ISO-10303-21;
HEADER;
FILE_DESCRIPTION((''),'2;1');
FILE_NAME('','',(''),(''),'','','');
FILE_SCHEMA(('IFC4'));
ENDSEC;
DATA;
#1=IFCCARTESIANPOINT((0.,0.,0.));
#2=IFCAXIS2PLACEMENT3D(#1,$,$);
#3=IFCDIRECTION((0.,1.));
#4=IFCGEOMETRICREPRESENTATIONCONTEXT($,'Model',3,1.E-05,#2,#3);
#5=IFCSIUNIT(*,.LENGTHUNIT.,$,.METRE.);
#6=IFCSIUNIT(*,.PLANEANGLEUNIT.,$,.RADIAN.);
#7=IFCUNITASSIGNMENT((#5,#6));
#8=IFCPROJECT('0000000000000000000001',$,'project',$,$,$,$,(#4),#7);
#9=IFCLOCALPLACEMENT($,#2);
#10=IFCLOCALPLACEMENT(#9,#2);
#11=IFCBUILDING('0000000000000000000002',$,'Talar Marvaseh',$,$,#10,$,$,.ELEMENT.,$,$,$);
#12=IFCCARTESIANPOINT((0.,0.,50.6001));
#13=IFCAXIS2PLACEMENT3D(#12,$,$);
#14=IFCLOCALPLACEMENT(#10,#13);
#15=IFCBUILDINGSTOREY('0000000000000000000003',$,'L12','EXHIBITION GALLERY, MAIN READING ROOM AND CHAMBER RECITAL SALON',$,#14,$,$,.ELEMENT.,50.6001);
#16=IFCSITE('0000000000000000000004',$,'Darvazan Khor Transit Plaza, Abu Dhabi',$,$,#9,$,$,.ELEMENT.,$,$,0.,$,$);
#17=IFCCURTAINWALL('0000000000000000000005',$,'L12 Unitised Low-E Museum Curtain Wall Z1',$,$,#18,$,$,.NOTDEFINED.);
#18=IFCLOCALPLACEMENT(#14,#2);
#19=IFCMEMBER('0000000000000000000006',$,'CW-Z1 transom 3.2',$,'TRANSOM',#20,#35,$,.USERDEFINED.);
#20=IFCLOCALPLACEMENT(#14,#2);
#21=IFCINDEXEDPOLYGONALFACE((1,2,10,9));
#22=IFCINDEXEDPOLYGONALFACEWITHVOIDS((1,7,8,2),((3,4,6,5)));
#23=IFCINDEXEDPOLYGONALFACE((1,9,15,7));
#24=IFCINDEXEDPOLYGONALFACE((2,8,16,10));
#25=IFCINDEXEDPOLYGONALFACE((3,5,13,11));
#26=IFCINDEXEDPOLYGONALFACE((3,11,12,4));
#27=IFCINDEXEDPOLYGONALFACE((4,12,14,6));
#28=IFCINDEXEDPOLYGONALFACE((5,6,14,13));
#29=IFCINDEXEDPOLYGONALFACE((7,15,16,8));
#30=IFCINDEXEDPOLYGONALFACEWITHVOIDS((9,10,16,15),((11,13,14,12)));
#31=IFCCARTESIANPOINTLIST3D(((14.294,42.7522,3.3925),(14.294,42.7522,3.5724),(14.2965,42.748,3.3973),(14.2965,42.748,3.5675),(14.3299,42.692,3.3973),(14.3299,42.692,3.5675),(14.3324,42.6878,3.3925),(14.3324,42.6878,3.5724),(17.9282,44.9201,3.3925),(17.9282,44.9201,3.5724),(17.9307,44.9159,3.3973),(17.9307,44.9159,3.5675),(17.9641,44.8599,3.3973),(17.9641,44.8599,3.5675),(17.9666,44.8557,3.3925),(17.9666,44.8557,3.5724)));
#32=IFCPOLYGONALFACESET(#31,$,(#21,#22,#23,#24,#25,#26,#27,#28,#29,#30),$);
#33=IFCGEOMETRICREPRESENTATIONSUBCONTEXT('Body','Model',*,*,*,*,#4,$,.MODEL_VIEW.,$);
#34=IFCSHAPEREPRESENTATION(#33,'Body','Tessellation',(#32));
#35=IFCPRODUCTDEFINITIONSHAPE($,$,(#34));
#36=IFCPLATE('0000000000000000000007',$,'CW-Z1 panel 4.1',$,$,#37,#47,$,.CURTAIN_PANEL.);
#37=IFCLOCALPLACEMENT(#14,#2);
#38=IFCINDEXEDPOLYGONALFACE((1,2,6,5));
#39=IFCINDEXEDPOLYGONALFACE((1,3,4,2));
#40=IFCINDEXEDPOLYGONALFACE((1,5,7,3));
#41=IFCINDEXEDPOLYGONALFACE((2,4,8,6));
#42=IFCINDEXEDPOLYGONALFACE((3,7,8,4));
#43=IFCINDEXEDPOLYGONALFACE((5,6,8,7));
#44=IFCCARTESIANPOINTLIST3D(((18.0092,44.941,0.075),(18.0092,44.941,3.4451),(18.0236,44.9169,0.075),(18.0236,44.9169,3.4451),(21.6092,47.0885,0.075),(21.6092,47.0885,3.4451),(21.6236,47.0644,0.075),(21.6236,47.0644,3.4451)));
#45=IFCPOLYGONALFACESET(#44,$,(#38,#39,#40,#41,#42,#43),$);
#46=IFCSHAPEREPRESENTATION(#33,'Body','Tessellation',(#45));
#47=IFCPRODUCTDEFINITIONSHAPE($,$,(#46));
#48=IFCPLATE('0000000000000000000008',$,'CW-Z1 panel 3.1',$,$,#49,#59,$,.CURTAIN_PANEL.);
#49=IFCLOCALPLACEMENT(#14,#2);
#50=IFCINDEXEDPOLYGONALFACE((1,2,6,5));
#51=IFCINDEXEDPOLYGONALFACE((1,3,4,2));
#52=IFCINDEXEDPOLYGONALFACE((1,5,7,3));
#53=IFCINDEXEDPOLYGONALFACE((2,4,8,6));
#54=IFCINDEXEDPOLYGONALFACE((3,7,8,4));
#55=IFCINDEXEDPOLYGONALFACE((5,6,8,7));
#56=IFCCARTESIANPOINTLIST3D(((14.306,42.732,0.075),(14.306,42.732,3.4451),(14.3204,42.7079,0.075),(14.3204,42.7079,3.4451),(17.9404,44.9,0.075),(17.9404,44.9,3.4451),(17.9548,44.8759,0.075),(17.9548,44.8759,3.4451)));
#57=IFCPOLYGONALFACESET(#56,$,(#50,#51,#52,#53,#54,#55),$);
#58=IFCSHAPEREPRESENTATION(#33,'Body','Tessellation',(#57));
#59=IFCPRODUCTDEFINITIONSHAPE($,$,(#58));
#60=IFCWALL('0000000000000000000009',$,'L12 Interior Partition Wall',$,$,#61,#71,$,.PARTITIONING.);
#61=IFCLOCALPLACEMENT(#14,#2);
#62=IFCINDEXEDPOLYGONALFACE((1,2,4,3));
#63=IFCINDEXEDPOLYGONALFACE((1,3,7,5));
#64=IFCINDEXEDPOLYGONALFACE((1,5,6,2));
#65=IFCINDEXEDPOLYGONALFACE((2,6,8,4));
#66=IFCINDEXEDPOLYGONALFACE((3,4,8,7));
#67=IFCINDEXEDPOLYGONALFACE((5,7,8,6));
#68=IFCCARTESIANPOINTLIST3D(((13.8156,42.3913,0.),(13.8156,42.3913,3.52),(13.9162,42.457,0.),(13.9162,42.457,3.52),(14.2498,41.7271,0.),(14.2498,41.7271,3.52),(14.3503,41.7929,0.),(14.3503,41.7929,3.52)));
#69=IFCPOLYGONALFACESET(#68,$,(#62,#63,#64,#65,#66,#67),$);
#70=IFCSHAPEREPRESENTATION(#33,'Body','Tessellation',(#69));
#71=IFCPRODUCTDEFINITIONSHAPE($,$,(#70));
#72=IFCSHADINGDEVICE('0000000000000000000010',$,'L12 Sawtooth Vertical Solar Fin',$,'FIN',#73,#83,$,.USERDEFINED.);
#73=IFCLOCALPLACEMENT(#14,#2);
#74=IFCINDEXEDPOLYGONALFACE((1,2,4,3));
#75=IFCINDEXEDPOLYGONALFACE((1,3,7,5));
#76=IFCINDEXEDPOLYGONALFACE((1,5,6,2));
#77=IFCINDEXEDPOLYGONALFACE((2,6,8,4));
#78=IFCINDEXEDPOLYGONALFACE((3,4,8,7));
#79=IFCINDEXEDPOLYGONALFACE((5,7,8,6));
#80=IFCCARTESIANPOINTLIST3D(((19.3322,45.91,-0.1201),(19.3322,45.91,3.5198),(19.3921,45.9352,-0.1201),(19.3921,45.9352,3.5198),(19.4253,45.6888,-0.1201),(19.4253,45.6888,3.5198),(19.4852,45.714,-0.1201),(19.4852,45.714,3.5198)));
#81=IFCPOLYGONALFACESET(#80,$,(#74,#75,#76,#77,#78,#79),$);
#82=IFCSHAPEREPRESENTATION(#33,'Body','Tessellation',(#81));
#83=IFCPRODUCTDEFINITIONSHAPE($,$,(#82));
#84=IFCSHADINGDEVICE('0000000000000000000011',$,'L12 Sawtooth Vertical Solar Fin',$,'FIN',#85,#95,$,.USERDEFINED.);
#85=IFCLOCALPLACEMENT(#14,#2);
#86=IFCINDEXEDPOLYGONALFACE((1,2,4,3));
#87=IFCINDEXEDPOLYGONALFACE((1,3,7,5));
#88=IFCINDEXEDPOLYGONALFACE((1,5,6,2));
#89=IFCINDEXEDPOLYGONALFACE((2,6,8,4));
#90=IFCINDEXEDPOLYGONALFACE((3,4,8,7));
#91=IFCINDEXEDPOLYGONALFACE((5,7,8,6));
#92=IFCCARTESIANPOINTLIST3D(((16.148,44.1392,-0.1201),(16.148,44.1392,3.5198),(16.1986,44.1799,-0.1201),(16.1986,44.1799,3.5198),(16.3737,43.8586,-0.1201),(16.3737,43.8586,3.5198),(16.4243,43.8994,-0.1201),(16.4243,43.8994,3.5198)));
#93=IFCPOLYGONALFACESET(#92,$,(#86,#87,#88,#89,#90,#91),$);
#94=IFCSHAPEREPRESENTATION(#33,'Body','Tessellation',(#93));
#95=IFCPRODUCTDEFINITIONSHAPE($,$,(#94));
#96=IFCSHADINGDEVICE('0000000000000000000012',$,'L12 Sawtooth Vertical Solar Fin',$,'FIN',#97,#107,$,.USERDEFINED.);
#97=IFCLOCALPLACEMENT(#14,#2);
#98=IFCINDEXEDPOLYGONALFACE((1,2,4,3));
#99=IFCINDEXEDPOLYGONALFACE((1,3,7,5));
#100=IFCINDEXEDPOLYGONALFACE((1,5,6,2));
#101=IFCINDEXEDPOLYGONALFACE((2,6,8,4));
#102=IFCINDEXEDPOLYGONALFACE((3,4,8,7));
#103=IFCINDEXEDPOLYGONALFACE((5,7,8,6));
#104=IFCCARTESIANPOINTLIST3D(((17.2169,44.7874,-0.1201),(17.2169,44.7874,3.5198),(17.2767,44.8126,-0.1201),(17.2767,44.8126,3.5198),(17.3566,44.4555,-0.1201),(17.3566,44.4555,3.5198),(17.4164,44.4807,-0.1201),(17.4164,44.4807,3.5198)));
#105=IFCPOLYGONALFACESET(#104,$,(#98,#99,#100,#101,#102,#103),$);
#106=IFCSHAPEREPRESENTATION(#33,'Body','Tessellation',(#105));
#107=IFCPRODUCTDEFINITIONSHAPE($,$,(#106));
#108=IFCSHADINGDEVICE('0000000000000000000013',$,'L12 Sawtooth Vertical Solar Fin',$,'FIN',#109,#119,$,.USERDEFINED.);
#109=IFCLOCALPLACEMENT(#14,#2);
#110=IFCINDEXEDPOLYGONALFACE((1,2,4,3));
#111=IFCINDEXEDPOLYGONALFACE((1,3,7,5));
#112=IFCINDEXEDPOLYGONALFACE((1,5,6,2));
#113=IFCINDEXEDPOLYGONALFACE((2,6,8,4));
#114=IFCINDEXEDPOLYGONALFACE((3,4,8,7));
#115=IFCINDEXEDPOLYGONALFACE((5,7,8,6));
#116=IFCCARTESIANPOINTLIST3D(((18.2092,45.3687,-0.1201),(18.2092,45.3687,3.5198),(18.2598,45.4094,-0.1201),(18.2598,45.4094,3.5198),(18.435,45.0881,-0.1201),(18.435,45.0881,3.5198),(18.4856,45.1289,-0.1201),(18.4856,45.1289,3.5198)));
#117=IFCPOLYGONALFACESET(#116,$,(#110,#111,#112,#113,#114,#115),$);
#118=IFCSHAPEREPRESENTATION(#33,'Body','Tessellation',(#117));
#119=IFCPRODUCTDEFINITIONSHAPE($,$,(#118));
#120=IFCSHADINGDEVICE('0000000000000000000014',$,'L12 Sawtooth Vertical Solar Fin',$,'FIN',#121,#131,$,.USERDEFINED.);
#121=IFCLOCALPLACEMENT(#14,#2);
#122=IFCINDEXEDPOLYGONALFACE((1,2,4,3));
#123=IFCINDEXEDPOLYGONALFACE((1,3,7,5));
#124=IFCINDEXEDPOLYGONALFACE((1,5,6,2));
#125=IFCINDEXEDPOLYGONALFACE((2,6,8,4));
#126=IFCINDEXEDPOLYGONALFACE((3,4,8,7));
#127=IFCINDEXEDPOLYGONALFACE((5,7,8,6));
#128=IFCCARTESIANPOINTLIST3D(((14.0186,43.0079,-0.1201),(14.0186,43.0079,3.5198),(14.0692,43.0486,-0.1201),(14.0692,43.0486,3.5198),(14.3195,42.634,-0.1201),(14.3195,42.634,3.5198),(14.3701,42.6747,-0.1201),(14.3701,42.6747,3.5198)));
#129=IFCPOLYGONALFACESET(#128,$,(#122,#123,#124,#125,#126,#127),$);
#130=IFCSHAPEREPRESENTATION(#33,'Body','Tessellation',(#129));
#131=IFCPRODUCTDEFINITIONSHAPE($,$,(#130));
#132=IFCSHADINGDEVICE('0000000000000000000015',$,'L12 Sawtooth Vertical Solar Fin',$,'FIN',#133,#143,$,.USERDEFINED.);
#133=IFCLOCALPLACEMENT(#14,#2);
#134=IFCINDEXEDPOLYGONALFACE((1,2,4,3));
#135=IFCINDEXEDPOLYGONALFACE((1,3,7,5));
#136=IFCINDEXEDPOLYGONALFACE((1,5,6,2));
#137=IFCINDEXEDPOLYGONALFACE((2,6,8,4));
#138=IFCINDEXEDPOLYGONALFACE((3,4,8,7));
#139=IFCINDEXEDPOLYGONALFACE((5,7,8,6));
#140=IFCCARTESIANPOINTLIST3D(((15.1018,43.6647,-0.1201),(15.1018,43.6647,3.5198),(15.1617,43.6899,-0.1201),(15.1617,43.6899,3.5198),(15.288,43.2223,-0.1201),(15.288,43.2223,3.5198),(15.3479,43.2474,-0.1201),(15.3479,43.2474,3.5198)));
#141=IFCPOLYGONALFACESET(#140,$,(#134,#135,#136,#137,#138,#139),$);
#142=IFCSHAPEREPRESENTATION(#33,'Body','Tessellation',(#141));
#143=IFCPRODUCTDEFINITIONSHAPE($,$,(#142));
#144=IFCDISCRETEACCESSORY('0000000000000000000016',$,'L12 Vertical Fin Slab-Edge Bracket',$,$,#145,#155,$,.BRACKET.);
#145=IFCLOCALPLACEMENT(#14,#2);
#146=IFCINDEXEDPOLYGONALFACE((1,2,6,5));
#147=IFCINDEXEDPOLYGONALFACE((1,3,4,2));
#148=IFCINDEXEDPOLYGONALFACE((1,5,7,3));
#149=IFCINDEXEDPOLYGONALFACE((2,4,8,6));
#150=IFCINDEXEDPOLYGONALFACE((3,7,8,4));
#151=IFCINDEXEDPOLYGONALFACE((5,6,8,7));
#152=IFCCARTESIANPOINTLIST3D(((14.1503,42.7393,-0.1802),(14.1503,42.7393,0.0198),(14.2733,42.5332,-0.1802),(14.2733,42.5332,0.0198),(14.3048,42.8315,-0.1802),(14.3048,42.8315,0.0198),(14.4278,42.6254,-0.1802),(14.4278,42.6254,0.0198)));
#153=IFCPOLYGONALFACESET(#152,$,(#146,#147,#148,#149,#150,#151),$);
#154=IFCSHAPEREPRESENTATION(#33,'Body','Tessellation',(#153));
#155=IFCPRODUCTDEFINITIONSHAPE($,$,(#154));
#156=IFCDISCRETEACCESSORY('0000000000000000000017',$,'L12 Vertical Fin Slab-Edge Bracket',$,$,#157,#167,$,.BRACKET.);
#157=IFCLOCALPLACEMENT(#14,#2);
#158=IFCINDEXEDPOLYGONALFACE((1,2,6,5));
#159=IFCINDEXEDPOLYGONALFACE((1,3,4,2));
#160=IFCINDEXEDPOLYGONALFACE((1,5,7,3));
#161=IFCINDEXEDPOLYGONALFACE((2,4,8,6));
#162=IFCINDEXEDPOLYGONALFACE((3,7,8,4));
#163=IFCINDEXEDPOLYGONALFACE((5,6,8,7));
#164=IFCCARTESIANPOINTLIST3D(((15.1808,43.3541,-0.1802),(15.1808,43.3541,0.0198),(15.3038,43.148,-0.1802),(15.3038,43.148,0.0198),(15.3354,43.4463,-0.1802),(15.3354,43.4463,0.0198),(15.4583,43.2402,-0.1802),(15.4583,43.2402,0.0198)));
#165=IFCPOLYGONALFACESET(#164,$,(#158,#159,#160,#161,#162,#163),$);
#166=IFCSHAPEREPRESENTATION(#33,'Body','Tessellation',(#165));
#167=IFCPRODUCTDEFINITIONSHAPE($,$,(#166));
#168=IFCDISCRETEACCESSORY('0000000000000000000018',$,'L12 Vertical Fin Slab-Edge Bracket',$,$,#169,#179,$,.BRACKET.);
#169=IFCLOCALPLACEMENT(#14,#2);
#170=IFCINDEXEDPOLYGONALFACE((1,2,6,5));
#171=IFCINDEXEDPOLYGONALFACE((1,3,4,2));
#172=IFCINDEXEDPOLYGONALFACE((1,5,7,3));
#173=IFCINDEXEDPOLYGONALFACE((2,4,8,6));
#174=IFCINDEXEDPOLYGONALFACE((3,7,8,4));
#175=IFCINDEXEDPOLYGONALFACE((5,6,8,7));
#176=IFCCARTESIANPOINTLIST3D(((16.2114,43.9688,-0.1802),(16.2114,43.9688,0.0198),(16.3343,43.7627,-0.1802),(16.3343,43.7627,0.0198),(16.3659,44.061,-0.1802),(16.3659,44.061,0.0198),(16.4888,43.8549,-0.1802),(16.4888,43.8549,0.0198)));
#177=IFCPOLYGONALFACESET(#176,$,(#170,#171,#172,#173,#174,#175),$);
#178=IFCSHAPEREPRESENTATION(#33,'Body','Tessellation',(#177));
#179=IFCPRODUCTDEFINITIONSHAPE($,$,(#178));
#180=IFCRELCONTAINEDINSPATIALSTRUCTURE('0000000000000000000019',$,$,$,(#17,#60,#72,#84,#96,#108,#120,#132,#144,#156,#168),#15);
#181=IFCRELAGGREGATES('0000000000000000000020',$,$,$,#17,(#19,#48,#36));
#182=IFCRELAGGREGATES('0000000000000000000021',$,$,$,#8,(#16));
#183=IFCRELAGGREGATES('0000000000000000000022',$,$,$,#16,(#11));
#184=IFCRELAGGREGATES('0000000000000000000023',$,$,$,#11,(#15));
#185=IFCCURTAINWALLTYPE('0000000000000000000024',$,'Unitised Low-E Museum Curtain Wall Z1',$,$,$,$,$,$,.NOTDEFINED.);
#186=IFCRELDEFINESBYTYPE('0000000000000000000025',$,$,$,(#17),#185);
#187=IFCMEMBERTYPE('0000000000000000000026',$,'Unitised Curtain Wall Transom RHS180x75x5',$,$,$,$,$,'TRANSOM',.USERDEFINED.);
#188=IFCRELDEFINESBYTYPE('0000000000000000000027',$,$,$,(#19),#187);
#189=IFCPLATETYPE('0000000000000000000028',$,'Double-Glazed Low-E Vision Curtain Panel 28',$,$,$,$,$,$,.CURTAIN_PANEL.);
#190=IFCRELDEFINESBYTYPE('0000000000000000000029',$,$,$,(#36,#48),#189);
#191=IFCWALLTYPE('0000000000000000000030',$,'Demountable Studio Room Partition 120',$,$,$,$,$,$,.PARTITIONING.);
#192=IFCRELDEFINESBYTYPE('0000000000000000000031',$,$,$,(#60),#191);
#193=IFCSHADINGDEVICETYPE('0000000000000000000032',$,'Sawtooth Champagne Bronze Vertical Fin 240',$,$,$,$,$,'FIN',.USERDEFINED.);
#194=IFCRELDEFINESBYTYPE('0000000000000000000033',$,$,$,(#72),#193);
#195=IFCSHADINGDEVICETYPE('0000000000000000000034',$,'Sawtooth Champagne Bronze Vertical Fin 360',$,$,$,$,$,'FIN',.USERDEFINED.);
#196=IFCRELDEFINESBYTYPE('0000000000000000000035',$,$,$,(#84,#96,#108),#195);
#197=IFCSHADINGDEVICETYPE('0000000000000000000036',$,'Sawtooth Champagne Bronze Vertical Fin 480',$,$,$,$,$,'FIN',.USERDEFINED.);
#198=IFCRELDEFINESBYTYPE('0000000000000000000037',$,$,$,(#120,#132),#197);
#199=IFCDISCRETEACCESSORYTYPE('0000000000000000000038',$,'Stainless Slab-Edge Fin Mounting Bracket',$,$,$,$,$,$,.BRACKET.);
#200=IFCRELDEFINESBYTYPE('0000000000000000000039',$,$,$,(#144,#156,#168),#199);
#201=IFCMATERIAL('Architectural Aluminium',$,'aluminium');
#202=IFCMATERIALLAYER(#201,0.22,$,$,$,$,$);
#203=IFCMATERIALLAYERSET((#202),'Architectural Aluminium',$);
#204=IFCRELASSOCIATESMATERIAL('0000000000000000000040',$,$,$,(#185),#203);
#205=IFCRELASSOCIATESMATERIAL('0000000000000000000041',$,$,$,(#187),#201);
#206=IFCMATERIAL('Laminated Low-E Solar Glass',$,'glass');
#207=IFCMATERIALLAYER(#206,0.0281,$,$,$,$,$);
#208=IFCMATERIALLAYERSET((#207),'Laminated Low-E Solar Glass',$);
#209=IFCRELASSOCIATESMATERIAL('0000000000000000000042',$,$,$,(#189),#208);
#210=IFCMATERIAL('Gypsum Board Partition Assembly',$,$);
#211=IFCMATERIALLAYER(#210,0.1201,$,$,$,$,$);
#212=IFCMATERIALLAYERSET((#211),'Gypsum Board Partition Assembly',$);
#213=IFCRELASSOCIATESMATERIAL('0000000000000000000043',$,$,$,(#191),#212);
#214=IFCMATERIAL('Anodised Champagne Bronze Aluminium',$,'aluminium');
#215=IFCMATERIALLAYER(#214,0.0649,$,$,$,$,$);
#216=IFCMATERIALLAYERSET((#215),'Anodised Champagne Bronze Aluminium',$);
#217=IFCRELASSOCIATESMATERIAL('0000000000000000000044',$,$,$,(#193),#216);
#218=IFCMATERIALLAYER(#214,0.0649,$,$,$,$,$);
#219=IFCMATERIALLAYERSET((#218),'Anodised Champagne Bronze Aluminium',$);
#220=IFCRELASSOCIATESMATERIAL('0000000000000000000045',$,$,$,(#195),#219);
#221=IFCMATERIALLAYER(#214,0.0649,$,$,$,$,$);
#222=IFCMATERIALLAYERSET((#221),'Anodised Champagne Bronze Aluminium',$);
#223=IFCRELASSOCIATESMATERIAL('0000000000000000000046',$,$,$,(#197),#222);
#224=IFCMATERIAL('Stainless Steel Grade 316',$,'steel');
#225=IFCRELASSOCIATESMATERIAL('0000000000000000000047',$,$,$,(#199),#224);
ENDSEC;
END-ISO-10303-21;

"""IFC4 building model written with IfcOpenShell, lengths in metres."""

from ifc_helpers import new_model, si_unit, direction, frame, frame_2d, origin, origin_2d, place, context, subcontext, project, spatial, rectangle, hollow_rectangle, extrude, source, transform, mapped, material, layer, layer_set, material_profile, profile_set, type_object, type_shapes, element, aggregate, save


model = new_model("IFC4")

# Units and contexts
model_context = context("Model", 3, precision=1e-05, world=origin(), true_north=direction((0.0, 1.0)))
body_context = subcontext(model_context, "Body", "Model", "MODEL_VIEW")
ifc_project = project(units=[si_unit("LENGTHUNIT", "METRE"), si_unit("PLANEANGLEUNIT", "RADIAN")], contexts=[model_context])

# Site, building, storey
site_placement = place(None, origin())
site = spatial("IfcSite", under=ifc_project, at=site_placement, Name="Darvazan Khor Transit Plaza, Abu Dhabi", CompositionType="ELEMENT", RefElevation=0.0)
building_placement = place(site_placement, origin())
building = spatial("IfcBuilding", under=site, at=building_placement, Name="Talar Marvaseh", CompositionType="ELEMENT")
storey_placement = place(building_placement, frame((0.0, 0.0, 50.6001)))
storey = spatial("IfcBuildingStorey", under=building, at=storey_placement, Name="L12", Description="EXHIBITION GALLERY, MAIN READING ROOM AND CHAMBER RECITAL SALON", CompositionType="ELEMENT", Elevation=50.6001)

# Curtain wall, member, plates
ifc_material_1 = material(Name="Architectural Aluminium", Category="aluminium")
ifc_layer_1 = layer(ifc_material_1, 0.22)
ifc_layer_set_1 = layer_set([ifc_layer_1], Name="Architectural Aluminium")
curtain_wall_type = type_object("IfcCurtainWallType", Name="Unitised Low-E Museum Curtain Wall Z1", PredefinedType="NOTDEFINED", material=ifc_layer_set_1)
curtain_wall_placement = place(storey_placement, origin())
curtain_wall = element("IfcCurtainWall", 1, at=curtain_wall_placement, inside=storey, type_object=curtain_wall_type, Name="L12 Unitised Low-E Museum Curtain Wall Z1", PredefinedType="NOTDEFINED")
ifc_material_profile_1 = material_profile(ifc_material_1, hollow_rectangle(XDim=0.075, YDim=0.1799, WallThickness=0.0049, at=origin_2d()), Name="RHS180x75x5")
ifc_profile_set_1 = profile_set([ifc_material_profile_1], Name="Architectural Aluminium")
member_type_1 = type_object("IfcMemberType", Name="Unitised Curtain Wall Transom RHS180x75x5", ElementType="TRANSOM", PredefinedType="USERDEFINED", material=ifc_profile_set_1)
shared_shape_1 = source(origin(), body_context, "Body", "SweptSolid", [
    extrude(hollow_rectangle(XDim=0.075, YDim=0.1799, WallThickness=0.0049, at=origin_2d()), origin(), (0.0, 0.0, 1.0), 4.2317),
])
member_1_placement = place(storey_placement, frame((14.3132, 42.72, 3.4824), z_axis=(0.858803, 0.512305, 0.0), x_axis=(-0.512305, 0.858803, 0.0)))
member_1 = element("IfcMember", 2, at=member_1_placement, type_object=member_type_1, Name="CW-Z1 transom 3.2", ObjectType="TRANSOM", PredefinedType="USERDEFINED", context=body_context, shape_type="MappedRepresentation", body=[
    mapped(shared_shape_1, transform((0.0, 0.0, 0.0), x_axis=(1.0, 0.0, 0.0), y_axis=(0.0, 1.0, 0.0), z_axis=(0.0, 0.0, 1.0), scale=1.0)),
])
ifc_material_2 = material(Name="Laminated Low-E Solar Glass", Category="glass")
ifc_layer_2 = layer(ifc_material_2, 0.0281)
ifc_layer_set_2 = layer_set([ifc_layer_2], Name="Laminated Low-E Solar Glass")
plate_type = type_object("IfcPlateType", Name="Double-Glazed Low-E Vision Curtain Panel 28", PredefinedType="CURTAIN_PANEL", material=ifc_layer_set_2)
shared_shape_2 = source(origin(), body_context, "Body", "SweptSolid", [
    extrude(rectangle(XDim=4.1919, YDim=0.0281, at=origin_2d()), origin(), (0.0, 0.0, 1.0), 3.3701),
])
plate_1_placement = place(storey_placement, frame((19.8164, 46.0027, 0.075), z_axis=(0.0, 0.0, 1.0), x_axis=(0.8588, 0.51231, 0.0)))
plate_1 = element("IfcPlate", 3, at=plate_1_placement, type_object=plate_type, Name="CW-Z1 panel 4.1", PredefinedType="CURTAIN_PANEL", context=body_context, shape_type="MappedRepresentation", body=[
    mapped(shared_shape_2, transform((0.0, 0.0, 0.0), x_axis=(1.0, 0.0, 0.0), y_axis=(0.0, 1.0, 0.0), z_axis=(0.0, 0.0, 1.0), scale=1.0)),
])
shared_shape_3 = source(origin(), body_context, "Body", "SweptSolid", [
    extrude(rectangle(XDim=4.2319, YDim=0.0281, at=origin_2d()), origin(), (0.0, 0.0, 1.0), 3.3701),
])
type_shapes(plate_type, [shared_shape_2, shared_shape_3])
plate_2_placement = place(storey_placement, frame((16.1304, 43.804, 0.075), z_axis=(0.0, 0.0, 1.0), x_axis=(0.8588, 0.51231, 0.0)))
plate_2 = element("IfcPlate", 4, at=plate_2_placement, type_object=plate_type, Name="CW-Z1 panel 3.1", PredefinedType="CURTAIN_PANEL", context=body_context, shape_type="MappedRepresentation", body=[
    mapped(shared_shape_3, transform((0.0, 0.0, 0.0), x_axis=(1.0, 0.0, 0.0), y_axis=(0.0, 1.0, 0.0), z_axis=(0.0, 0.0, 1.0), scale=1.0)),
])
aggregate(curtain_wall, [member_1, plate_2, plate_1])

# Wall
ifc_material_3 = material(Name="Gypsum Board Partition Assembly")
ifc_layer_3 = layer(ifc_material_3, 0.1201)
ifc_layer_set_3 = layer_set([ifc_layer_3], Name="Gypsum Board Partition Assembly")
wall_type = type_object("IfcWallType", Name="Demountable Studio Room Partition 120", PredefinedType="PARTITIONING", material=ifc_layer_set_3)
wall_placement = place(storey_placement, frame((14.3, 41.76, 0.0), z_axis=(0.0, 0.0, 1.0), x_axis=(-0.54715, 0.837035, 0.0)))
element("IfcWall", 5, at=wall_placement, inside=storey, type_object=wall_type, Name="L12 Interior Partition Wall", PredefinedType="PARTITIONING", context=body_context, shape_type="SweptSolid", body=[
    extrude(rectangle(XDim=0.7935, YDim=0.1201, at=frame_2d((0.3967, 0.0))), origin(), (0.0, 0.0, 1.0), 3.52),
])

# Shading devices
ifc_material_4 = material(Name="Anodised Champagne Bronze Aluminium", Category="aluminium")
ifc_layer_4 = layer(ifc_material_4, 0.0649)
ifc_layer_set_4 = layer_set([ifc_layer_4], Name="Anodised Champagne Bronze Aluminium")
shading_device_type_1 = type_object("IfcShadingDeviceType", Name="Sawtooth Champagne Bronze Vertical Fin 240", ElementType="FIN", PredefinedType="USERDEFINED", material=ifc_layer_set_4)
shared_shape_4 = source(origin(), body_context, "Body", "SweptSolid", [
    extrude(rectangle(XDim=0.24, YDim=0.0649, at=origin_2d()), origin(), (0.0, 0.0, 1.0), 3.6399),
])
type_shapes(shading_device_type_1, [shared_shape_4])
shading_device_placement = place(storey_placement, frame((19.4087, 45.812, -0.1201), z_axis=(0.0, 0.0, 1.0), x_axis=(-0.387837, 0.921728, 0.0)))
element("IfcShadingDevice", 6, at=shading_device_placement, inside=storey, type_object=shading_device_type_1, Name="L12 Sawtooth Vertical Solar Fin", ObjectType="FIN", PredefinedType="USERDEFINED", context=body_context, shape_type="MappedRepresentation", body=[
    mapped(shared_shape_4, transform((0.0, 0.0, 0.0), x_axis=(1.0, 0.0, 0.0), y_axis=(0.0, 1.0, 0.0), z_axis=(0.0, 0.0, 1.0), scale=1.0)),
])
ifc_layer_5 = layer(ifc_material_4, 0.0649)
ifc_layer_set_5 = layer_set([ifc_layer_5], Name="Anodised Champagne Bronze Aluminium")
shading_device_type_2 = type_object("IfcShadingDeviceType", Name="Sawtooth Champagne Bronze Vertical Fin 360", ElementType="FIN", PredefinedType="USERDEFINED", material=ifc_layer_set_5)
shared_shape_5 = source(origin(), body_context, "Body", "SweptSolid", [
    extrude(rectangle(XDim=0.3601, YDim=0.0649, at=origin_2d()), origin(), (0.0, 0.0, 1.0), 3.6399),
])
type_shapes(shading_device_type_2, [shared_shape_5])
for number, where, z_axis, x_axis, name in (
    (7, (16.2861, 44.0193, -0.1201), (0.0, 0.0, 1.0), (-0.626876, 0.779119, 0.0), "L12 Sawtooth Vertical Solar Fin"),
    (8, (17.3167, 44.634, -0.1201), (0.0, 0.0, 1.0), (-0.387837, 0.921728, 0.0), "L12 Sawtooth Vertical Solar Fin"),
    (9, (18.3474, 45.2488, -0.1201), (0.0, 0.0, 1.0), (-0.626876, 0.779119, 0.0), "L12 Sawtooth Vertical Solar Fin"),
):
    element("IfcShadingDevice", number, at=place(storey_placement, frame(where, z_axis=z_axis, x_axis=x_axis)), inside=storey, type_object=shading_device_type_2, Name=name, ObjectType="FIN", PredefinedType="USERDEFINED", context=body_context, shape_type="MappedRepresentation", body=[
        mapped(shared_shape_5, transform((0.0, 0.0, 0.0), x_axis=(1.0, 0.0, 0.0), y_axis=(0.0, 1.0, 0.0), z_axis=(0.0, 0.0, 1.0), scale=1.0)),
    ])
ifc_layer_6 = layer(ifc_material_4, 0.0649)
ifc_layer_set_6 = layer_set([ifc_layer_6], Name="Anodised Champagne Bronze Aluminium")
shading_device_type_3 = type_object("IfcShadingDeviceType", Name="Sawtooth Champagne Bronze Vertical Fin 480", ElementType="FIN", PredefinedType="USERDEFINED", material=ifc_layer_set_6)
shared_shape_6 = source(origin(), body_context, "Body", "SweptSolid", [
    extrude(rectangle(XDim=0.48, YDim=0.0649, at=origin_2d()), origin(), (0.0, 0.0, 1.0), 3.6399),
])
type_shapes(shading_device_type_3, [shared_shape_6])
for number, where, z_axis, x_axis, name in (
    (10, (14.1943, 42.8413, -0.1201), (0.0, 0.0, 1.0), (-0.626876, 0.779119, 0.0), "L12 Sawtooth Vertical Solar Fin"),
    (11, (15.2249, 43.4561, -0.1201), (0.0, 0.0, 1.0), (-0.387837, 0.921728, 0.0), "L12 Sawtooth Vertical Solar Fin"),
):
    element("IfcShadingDevice", number, at=place(storey_placement, frame(where, z_axis=z_axis, x_axis=x_axis)), inside=storey, type_object=shading_device_type_3, Name=name, ObjectType="FIN", PredefinedType="USERDEFINED", context=body_context, shape_type="MappedRepresentation", body=[
        mapped(shared_shape_6, transform((0.0, 0.0, 0.0), x_axis=(1.0, 0.0, 0.0), y_axis=(0.0, 1.0, 0.0), z_axis=(0.0, 0.0, 1.0), scale=1.0)),
    ])

# Discrete accessories
ifc_material_5 = material(Name="Stainless Steel Grade 316", Category="steel")
discrete_accessory_type = type_object("IfcDiscreteAccessoryType", Name="Stainless Slab-Edge Fin Mounting Bracket", PredefinedType="BRACKET", material=ifc_material_5)
shared_shape_7 = source(origin(), body_context, "Body", "SweptSolid", [
    extrude(rectangle(XDim=0.24, YDim=0.1799, at=origin_2d()), origin(), (0.0, 0.0, 1.0), 0.2),
])
type_shapes(discrete_accessory_type, [shared_shape_7])
for number, where, z_axis, x_axis, name in (
    (12, (14.2891, 42.6824, -0.1802), (0.0, 0.0, 1.0), (-0.512343, 0.858781, 0.0), "L12 Vertical Fin Slab-Edge Bracket"),
    (13, (15.3196, 43.2971, -0.1802), (0.0, 0.0, 1.0), (-0.512343, 0.858781, 0.0), "L12 Vertical Fin Slab-Edge Bracket"),
    (14, (16.3501, 43.9119, -0.1802), (0.0, 0.0, 1.0), (-0.512343, 0.858781, 0.0), "L12 Vertical Fin Slab-Edge Bracket"),
):
    element("IfcDiscreteAccessory", number, at=place(storey_placement, frame(where, z_axis=z_axis, x_axis=x_axis)), inside=storey, type_object=discrete_accessory_type, Name=name, PredefinedType="BRACKET", context=body_context, shape_type="MappedRepresentation", body=[
        mapped(shared_shape_7, transform((0.0, 0.0, 0.0), x_axis=(1.0, 0.0, 0.0), y_axis=(0.0, 1.0, 0.0), z_axis=(0.0, 0.0, 1.0), scale=1.0)),
    ])

save(model, "model.ifc")
